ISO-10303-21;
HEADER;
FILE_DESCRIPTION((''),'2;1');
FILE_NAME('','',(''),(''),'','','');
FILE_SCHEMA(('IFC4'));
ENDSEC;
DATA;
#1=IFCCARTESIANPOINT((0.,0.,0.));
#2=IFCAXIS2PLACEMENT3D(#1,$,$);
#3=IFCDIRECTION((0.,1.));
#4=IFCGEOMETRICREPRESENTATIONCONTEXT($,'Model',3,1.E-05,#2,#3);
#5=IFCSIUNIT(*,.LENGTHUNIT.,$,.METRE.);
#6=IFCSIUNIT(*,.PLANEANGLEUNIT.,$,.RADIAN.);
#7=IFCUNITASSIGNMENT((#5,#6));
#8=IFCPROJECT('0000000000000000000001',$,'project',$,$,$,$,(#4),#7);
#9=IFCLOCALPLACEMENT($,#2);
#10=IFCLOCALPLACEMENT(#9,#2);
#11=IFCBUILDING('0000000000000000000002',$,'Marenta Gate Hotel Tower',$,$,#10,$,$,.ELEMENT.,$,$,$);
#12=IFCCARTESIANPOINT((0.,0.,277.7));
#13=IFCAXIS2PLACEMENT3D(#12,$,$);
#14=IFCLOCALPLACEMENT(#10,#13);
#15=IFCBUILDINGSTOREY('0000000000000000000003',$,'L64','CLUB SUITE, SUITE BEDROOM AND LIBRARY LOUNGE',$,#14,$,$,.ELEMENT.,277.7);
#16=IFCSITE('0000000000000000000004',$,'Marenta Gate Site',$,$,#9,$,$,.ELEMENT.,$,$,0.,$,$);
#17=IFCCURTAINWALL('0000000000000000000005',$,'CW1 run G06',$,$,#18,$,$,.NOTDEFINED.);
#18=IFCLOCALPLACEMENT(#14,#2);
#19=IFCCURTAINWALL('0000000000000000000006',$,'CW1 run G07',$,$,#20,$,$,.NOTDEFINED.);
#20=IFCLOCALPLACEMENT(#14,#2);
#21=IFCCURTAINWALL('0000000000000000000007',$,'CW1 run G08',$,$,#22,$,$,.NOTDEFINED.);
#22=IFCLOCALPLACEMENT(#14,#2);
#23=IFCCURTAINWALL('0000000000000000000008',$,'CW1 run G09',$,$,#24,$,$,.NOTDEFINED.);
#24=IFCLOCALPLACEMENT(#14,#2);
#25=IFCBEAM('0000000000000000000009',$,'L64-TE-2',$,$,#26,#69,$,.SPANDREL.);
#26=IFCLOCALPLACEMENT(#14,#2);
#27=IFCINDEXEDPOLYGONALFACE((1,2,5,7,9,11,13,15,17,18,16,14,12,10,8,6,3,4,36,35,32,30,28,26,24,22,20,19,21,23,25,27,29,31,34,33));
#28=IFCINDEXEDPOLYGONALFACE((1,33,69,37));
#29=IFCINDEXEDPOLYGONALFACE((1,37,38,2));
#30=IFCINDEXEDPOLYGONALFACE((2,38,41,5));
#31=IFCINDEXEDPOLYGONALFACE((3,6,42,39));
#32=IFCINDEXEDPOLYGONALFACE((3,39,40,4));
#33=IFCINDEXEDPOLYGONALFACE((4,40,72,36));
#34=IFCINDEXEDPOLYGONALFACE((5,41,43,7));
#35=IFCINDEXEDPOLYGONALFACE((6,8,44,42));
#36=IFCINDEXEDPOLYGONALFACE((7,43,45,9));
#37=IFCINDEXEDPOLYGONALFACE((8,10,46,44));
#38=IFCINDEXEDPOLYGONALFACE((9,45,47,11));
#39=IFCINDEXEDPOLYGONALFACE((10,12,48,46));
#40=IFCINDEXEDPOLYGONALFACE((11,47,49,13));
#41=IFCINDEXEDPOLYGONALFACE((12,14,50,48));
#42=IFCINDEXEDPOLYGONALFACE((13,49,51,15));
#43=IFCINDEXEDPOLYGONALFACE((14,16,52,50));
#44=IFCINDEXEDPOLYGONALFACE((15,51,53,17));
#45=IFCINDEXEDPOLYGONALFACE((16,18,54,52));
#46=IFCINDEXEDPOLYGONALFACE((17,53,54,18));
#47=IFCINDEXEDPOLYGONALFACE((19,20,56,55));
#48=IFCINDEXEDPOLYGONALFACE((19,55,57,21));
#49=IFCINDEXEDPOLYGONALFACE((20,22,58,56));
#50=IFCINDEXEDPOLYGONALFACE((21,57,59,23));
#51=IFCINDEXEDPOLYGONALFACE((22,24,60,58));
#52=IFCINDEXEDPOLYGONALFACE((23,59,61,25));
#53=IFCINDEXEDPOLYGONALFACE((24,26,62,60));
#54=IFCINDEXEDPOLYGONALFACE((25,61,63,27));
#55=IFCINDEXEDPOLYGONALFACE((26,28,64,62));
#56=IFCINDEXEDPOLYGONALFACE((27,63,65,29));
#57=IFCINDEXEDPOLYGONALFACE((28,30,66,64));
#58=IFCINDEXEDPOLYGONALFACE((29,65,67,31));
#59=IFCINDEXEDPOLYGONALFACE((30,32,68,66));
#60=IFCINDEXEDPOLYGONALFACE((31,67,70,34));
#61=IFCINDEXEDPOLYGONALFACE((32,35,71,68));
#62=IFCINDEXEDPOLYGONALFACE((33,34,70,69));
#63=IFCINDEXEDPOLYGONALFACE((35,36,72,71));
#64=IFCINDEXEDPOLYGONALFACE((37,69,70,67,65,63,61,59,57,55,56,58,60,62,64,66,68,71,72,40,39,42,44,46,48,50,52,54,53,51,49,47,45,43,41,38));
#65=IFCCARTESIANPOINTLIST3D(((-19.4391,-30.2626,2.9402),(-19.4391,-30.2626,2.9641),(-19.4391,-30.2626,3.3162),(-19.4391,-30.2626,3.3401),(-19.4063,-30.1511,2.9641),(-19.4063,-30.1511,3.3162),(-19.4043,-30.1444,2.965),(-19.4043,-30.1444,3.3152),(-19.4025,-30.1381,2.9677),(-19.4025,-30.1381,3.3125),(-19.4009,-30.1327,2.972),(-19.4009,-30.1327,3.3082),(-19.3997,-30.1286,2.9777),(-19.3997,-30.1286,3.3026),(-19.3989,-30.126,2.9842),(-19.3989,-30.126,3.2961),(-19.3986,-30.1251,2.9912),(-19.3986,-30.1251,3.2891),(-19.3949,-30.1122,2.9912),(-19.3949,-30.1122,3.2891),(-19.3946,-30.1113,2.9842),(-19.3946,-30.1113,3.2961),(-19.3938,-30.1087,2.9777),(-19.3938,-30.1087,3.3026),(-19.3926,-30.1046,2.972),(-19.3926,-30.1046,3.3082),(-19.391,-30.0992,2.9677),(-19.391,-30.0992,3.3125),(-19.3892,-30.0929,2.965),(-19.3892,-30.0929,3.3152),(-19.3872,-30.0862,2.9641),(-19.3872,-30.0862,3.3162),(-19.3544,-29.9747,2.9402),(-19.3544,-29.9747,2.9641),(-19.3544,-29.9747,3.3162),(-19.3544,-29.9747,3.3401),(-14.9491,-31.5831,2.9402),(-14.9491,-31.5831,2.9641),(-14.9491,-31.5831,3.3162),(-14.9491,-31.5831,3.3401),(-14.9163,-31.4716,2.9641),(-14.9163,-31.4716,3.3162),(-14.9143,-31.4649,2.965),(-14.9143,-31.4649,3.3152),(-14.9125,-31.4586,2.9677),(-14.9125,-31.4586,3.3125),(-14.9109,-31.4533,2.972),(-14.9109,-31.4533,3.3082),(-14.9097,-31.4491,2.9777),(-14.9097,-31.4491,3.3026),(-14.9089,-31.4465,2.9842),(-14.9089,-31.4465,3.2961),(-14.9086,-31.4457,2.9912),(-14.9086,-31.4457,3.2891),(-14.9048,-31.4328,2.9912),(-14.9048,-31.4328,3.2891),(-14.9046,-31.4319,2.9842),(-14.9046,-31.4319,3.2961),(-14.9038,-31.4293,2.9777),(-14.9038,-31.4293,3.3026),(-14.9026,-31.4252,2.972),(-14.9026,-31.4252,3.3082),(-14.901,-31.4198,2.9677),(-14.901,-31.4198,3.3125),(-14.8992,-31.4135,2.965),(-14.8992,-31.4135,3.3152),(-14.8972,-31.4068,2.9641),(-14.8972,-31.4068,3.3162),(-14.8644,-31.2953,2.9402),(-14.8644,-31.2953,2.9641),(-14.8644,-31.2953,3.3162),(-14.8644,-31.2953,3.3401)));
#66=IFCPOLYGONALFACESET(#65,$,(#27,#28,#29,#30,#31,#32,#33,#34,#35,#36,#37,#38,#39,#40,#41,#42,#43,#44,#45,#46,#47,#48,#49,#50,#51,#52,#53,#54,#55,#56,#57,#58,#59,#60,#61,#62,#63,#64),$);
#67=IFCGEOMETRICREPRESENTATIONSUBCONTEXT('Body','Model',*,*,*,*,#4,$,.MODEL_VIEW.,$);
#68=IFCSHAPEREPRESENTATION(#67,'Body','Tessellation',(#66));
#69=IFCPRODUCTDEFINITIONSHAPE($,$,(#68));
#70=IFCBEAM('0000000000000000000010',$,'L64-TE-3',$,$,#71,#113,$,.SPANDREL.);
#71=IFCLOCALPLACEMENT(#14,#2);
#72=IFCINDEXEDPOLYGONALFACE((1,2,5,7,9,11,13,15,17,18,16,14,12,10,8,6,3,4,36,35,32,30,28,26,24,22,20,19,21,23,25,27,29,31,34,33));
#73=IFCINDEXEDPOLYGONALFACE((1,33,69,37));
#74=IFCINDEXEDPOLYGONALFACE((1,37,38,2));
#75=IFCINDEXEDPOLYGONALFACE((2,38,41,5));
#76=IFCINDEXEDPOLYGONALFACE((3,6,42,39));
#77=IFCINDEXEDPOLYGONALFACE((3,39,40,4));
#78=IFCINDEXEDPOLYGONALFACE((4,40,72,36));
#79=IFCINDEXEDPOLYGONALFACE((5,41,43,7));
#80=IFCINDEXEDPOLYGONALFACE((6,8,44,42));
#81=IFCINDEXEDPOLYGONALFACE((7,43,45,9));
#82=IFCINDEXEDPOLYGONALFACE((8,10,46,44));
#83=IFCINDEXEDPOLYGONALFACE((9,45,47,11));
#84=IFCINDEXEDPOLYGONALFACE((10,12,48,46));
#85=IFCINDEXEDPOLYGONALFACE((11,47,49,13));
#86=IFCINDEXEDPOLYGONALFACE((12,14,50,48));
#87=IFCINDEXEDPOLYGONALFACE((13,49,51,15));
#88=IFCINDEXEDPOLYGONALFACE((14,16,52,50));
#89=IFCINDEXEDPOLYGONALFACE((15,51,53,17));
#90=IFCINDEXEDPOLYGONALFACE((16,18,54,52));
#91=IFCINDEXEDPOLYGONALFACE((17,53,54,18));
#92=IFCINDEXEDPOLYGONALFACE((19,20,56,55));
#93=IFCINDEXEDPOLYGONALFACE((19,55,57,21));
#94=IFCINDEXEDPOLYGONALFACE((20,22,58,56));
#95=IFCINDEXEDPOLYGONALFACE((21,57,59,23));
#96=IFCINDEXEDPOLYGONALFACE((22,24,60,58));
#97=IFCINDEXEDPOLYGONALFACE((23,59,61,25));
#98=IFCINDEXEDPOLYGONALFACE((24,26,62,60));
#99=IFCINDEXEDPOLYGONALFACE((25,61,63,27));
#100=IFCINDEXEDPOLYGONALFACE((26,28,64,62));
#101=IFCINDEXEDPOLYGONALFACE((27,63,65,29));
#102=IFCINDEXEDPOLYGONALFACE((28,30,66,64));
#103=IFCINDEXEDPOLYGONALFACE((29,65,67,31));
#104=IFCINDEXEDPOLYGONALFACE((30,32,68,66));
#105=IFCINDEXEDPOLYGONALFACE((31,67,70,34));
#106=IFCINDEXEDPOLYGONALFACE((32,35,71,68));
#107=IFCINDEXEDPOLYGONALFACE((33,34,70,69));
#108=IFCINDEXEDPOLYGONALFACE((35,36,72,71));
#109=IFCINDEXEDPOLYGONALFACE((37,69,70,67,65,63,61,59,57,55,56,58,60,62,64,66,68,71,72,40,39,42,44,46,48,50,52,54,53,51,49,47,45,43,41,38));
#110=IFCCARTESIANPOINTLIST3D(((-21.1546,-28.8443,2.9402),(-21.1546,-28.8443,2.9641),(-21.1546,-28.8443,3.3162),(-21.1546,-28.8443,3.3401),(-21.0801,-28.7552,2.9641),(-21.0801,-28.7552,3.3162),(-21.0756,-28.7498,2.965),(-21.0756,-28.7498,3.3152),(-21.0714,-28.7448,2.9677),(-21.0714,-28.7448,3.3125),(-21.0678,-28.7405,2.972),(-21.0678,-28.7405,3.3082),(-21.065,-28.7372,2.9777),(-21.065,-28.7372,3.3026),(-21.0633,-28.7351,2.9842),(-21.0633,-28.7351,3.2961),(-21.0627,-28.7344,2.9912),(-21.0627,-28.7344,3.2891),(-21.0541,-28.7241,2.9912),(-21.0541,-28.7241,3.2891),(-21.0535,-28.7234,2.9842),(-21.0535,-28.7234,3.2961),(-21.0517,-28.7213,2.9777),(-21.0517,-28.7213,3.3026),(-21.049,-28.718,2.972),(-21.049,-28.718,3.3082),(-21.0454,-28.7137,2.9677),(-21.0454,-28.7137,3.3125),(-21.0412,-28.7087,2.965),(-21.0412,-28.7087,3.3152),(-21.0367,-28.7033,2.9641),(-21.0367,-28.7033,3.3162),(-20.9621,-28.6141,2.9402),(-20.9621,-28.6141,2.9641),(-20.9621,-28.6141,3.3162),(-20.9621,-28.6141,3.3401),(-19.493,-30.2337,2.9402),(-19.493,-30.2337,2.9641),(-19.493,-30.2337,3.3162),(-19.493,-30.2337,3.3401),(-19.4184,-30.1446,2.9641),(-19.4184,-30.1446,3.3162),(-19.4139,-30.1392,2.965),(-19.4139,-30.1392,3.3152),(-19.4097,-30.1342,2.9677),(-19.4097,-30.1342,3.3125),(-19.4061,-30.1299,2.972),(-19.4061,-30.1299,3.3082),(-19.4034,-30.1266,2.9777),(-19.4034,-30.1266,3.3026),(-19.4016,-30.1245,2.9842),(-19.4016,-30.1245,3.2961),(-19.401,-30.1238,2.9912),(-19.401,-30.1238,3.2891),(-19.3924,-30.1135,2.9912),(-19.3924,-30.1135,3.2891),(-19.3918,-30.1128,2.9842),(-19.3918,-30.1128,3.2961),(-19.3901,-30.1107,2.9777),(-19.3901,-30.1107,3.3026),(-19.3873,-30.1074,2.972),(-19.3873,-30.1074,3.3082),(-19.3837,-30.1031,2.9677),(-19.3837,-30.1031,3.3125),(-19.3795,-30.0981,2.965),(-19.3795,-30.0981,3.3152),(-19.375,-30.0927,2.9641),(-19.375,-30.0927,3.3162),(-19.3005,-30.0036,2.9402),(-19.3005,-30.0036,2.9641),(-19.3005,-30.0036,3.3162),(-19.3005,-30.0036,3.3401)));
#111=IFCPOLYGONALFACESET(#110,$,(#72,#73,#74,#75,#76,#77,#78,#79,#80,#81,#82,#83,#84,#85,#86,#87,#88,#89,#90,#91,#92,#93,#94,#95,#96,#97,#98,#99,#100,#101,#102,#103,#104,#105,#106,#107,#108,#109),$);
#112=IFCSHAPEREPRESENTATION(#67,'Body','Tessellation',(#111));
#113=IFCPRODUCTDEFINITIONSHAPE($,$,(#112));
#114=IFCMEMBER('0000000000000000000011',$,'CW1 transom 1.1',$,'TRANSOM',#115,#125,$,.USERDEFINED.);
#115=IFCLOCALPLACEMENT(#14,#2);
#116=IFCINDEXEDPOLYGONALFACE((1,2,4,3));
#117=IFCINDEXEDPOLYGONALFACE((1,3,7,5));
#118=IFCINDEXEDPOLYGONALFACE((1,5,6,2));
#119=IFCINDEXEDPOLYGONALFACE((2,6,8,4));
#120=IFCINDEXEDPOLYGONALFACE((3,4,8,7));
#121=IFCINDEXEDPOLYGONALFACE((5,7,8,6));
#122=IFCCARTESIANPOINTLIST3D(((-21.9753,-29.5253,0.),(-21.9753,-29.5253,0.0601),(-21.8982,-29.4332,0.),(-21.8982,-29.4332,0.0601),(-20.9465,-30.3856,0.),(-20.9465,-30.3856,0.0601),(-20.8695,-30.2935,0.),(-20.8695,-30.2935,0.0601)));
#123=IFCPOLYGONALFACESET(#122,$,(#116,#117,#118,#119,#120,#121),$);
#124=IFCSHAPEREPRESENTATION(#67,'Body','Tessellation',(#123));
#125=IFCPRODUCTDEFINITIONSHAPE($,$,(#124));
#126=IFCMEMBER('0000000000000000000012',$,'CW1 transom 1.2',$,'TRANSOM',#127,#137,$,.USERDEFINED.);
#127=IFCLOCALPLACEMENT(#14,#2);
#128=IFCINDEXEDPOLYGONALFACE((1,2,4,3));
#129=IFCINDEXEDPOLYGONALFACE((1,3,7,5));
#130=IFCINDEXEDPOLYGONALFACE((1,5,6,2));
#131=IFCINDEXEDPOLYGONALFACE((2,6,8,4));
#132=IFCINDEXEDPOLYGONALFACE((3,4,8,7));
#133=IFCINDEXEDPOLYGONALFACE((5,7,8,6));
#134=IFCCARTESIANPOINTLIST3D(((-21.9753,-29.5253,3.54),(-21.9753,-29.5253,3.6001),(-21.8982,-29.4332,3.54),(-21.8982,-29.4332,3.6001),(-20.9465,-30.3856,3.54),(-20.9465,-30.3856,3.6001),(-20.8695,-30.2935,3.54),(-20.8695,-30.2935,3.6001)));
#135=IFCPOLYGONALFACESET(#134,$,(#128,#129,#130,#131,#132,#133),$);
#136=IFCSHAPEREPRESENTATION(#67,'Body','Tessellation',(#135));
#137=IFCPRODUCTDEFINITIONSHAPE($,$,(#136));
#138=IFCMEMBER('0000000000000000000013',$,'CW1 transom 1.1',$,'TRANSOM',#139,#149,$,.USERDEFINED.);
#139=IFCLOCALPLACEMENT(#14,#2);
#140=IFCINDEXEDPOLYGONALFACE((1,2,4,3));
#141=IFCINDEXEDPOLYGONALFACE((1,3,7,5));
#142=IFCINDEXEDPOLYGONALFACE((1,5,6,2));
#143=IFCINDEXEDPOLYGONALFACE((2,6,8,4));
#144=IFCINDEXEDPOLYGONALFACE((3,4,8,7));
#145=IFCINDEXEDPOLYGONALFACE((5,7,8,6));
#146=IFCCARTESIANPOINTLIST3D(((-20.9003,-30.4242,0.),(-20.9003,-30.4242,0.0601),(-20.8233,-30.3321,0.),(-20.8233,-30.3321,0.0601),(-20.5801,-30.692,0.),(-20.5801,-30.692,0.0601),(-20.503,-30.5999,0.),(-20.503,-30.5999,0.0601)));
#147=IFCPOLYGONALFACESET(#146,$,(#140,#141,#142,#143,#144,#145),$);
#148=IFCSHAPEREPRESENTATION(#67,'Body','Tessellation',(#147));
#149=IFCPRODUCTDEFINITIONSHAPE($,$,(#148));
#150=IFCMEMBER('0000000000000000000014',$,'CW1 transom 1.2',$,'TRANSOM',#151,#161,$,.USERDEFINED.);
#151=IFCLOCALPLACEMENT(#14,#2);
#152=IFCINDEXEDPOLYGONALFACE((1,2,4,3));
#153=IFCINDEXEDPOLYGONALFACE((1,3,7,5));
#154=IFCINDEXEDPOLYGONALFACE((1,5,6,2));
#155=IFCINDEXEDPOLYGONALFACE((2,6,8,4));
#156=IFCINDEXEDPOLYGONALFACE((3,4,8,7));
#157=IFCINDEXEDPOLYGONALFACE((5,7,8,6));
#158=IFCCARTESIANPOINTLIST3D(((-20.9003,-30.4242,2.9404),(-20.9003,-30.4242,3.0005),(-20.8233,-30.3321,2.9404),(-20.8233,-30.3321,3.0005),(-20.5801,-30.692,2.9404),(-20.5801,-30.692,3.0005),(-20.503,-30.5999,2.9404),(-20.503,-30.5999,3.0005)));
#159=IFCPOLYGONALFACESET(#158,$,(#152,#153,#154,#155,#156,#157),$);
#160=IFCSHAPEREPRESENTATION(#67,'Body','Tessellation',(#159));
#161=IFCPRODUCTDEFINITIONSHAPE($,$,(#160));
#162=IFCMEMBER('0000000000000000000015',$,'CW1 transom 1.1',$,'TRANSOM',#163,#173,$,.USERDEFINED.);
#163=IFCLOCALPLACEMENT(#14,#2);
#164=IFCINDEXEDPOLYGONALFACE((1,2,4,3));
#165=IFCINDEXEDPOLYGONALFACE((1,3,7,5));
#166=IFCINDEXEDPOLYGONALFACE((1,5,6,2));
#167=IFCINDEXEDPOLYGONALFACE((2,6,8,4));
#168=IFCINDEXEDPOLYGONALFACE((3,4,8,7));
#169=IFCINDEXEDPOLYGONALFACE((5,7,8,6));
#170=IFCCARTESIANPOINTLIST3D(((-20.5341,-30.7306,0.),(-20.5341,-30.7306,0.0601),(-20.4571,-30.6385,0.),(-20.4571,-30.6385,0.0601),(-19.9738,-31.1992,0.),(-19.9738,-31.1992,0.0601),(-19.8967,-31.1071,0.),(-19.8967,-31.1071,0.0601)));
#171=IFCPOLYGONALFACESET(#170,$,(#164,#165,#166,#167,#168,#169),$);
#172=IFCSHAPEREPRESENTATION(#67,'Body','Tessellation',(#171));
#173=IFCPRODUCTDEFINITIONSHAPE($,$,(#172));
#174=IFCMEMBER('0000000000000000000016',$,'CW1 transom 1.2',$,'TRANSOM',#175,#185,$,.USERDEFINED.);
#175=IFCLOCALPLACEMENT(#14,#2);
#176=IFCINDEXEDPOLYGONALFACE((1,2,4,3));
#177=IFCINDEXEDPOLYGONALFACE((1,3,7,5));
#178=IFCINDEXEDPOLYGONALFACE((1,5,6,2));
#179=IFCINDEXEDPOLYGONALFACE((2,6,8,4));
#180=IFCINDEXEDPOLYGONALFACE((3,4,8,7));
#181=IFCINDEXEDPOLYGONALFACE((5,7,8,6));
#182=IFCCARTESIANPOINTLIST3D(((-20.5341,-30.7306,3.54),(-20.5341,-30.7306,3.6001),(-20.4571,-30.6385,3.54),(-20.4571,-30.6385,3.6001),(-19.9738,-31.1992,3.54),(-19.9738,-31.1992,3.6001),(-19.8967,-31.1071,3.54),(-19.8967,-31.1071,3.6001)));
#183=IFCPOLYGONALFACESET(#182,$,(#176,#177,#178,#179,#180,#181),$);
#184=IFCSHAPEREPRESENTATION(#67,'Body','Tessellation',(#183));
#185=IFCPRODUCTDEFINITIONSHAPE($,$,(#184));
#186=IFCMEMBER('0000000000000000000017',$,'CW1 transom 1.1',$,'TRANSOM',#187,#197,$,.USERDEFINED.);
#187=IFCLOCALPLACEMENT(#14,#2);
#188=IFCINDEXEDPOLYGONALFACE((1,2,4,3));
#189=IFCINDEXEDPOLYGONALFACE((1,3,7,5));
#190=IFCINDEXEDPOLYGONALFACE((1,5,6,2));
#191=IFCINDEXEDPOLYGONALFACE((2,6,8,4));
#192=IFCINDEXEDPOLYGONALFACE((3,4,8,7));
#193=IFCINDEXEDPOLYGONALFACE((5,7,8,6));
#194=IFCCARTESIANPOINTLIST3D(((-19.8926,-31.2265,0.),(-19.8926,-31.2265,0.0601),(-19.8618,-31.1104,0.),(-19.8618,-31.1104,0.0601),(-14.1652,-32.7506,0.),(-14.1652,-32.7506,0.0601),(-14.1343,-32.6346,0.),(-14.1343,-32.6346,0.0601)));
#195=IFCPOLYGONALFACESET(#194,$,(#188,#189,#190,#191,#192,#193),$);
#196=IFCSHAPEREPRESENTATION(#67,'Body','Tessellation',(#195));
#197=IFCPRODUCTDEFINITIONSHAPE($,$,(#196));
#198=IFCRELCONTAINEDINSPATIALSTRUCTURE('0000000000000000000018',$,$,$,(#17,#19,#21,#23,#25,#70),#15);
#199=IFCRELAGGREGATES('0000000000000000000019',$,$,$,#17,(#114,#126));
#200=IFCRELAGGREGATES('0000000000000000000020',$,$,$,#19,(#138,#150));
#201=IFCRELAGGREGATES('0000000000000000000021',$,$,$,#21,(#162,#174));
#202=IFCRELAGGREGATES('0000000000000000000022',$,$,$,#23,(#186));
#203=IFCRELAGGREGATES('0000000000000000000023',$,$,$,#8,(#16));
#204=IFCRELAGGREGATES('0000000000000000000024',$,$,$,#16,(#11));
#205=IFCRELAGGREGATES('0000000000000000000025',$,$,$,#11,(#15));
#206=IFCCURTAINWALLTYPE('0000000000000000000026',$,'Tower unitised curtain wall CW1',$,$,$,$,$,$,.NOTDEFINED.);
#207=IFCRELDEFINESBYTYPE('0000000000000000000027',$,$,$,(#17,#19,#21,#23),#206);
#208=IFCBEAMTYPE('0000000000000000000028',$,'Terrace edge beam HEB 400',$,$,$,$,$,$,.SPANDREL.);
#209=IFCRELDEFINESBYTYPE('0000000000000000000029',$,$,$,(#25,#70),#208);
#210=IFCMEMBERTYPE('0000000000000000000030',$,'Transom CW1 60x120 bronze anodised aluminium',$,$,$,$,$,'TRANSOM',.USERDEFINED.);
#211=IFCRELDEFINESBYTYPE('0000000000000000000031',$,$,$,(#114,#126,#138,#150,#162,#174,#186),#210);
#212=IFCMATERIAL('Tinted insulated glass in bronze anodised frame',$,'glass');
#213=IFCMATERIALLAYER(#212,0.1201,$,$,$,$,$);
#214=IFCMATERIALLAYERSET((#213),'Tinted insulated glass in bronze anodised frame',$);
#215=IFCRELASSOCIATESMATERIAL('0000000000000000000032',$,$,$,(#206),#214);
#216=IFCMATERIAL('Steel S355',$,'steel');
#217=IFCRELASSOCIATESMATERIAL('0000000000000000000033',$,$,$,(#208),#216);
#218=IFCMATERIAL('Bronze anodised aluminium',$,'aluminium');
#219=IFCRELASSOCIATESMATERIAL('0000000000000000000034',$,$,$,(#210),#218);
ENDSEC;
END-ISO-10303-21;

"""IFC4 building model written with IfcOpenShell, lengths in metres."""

from ifc_helpers import new_model, si_unit, direction, frame, origin, origin_2d, place, context, subcontext, project, spatial, rectangle, i_section, extrude, material, layer, layer_set, material_profile, profile_set, type_object, element, aggregate, save


model = new_model("IFC4")

# Units and contexts
model_context = context("Model", 3, precision=1e-05, world=origin(), true_north=direction((0.0, 1.0)))
body_context = subcontext(model_context, "Body", "Model", "MODEL_VIEW")
ifc_project = project(units=[si_unit("LENGTHUNIT", "METRE"), si_unit("PLANEANGLEUNIT", "RADIAN")], contexts=[model_context])

# Site, building, storey
site_placement = place(None, origin())
site = spatial("IfcSite", under=ifc_project, at=site_placement, Name="Marenta Gate Site", CompositionType="ELEMENT", RefElevation=0.0)
building_placement = place(site_placement, origin())
building = spatial("IfcBuilding", under=site, at=building_placement, Name="Marenta Gate Hotel Tower", CompositionType="ELEMENT")
storey_placement = place(building_placement, frame((0.0, 0.0, 277.7)))
storey = spatial("IfcBuildingStorey", under=building, at=storey_placement, Name="L64", Description="CLUB SUITE, SUITE BEDROOM AND LIBRARY LOUNGE", CompositionType="ELEMENT", Elevation=277.7)

# Curtain walls
ifc_material_1 = material(Name="Tinted insulated glass in bronze anodised frame", Category="glass")
ifc_layer_1 = layer(ifc_material_1, 0.1201)
ifc_layer_set_1 = layer_set([ifc_layer_1], Name="Tinted insulated glass in bronze anodised frame")
curtain_wall_type = type_object("IfcCurtainWallType", Name="Tower unitised curtain wall CW1", PredefinedType="NOTDEFINED", material=ifc_layer_set_1)
curtain_wall_1_placement = place(storey_placement, origin())
curtain_wall_1 = element("IfcCurtainWall", 1, at=curtain_wall_1_placement, inside=storey, type_object=curtain_wall_type, Name="CW1 run G06", PredefinedType="NOTDEFINED")
curtain_wall_2_placement = place(storey_placement, origin())
curtain_wall_2 = element("IfcCurtainWall", 2, at=curtain_wall_2_placement, inside=storey, type_object=curtain_wall_type, Name="CW1 run G07", PredefinedType="NOTDEFINED")
curtain_wall_3_placement = place(storey_placement, origin())
curtain_wall_3 = element("IfcCurtainWall", 3, at=curtain_wall_3_placement, inside=storey, type_object=curtain_wall_type, Name="CW1 run G08", PredefinedType="NOTDEFINED")

# Curtain wall
curtain_wall_4_placement = place(storey_placement, origin())
curtain_wall_4 = element("IfcCurtainWall", 4, at=curtain_wall_4_placement, inside=storey, type_object=curtain_wall_type, Name="CW1 run G09", PredefinedType="NOTDEFINED")

# Beams
ifc_material_2 = material(Name="Steel S355", Category="steel")
ifc_material_profile_1 = material_profile(ifc_material_2, i_section(OverallWidth=0.3, OverallDepth=0.3999, WebThickness=0.0134, FlangeThickness=0.0239, FilletRadius=0.0271, at=origin_2d()), Name="HEB 400")
ifc_profile_set_1 = profile_set([ifc_material_profile_1], Name="Steel S355")
beam_type_1 = type_object("IfcBeamType", Name="Terrace edge beam HEB 400", PredefinedType="SPANDREL", material=ifc_profile_set_1)
beam_1_placement = place(storey_placement, frame((-14.9067, -31.4392, 3.1401), z_axis=(-0.959367, 0.282161, 0.0), x_axis=(-0.282161, -0.959367, 0.0)))
element("IfcBeam", 5, at=beam_1_placement, inside=storey, type_object=beam_type_1, Name="L64-TE-2", PredefinedType="SPANDREL", context=body_context, shape_type="SweptSolid", body=[
    extrude(i_section(OverallWidth=0.3, OverallDepth=0.3999, WebThickness=0.0134, FlangeThickness=0.0239, FilletRadius=0.0271, at=origin_2d()), origin(), (0.0, 0.0, 1.0), 4.6802),
])
beam_2_placement = place(storey_placement, frame((-19.3967, -30.1187, 3.1401), z_axis=(-0.767148, 0.64147, 0.0), x_axis=(-0.64147, -0.767148, 0.0)))
element("IfcBeam", 6, at=beam_2_placement, inside=storey, type_object=beam_type_1, Name="L64-TE-3", PredefinedType="SPANDREL", context=body_context, shape_type="SweptSolid", body=[
    extrude(i_section(OverallWidth=0.3, OverallDepth=0.3999, WebThickness=0.0134, FlangeThickness=0.0239, FilletRadius=0.0271, at=origin_2d()), origin(), (0.0, 0.0, 1.0), 2.166),
])

# Members
ifc_material_3 = material(Name="Bronze anodised aluminium", Category="aluminium")
ifc_material_profile_2 = material_profile(ifc_material_3, rectangle(XDim=0.1201, YDim=0.0601, at=origin_2d()), Name="Transom CW1 60x120 bronze anodised aluminium")
ifc_profile_set_2 = profile_set([ifc_material_profile_2], Name="Bronze anodised aluminium")
member_type_1 = type_object("IfcMemberType", Name="Transom CW1 60x120 bronze anodised aluminium", ElementType="TRANSOM", PredefinedType="USERDEFINED", material=ifc_profile_set_2)
member_1_placement = place(storey_placement, frame((-21.9368, -29.4792, 0.03), z_axis=(0.767116, -0.641508, 0.0), x_axis=(0.641508, 0.767116, 0.0)))
member_1 = element("IfcMember", 7, at=member_1_placement, type_object=member_type_1, Name="CW1 transom 1.1", ObjectType="TRANSOM", PredefinedType="USERDEFINED", context=body_context, shape_type="SweptSolid", body=[
    extrude(rectangle(XDim=0.1201, YDim=0.0601, at=origin_2d()), origin(), (0.0, 0.0, 1.0), 1.3411),
])
member_2_placement = place(storey_placement, frame((-21.9368, -29.4792, 3.5701), z_axis=(0.767116, -0.641508, 0.0), x_axis=(0.641508, 0.767116, 0.0)))
member_2 = element("IfcMember", 8, at=member_2_placement, type_object=member_type_1, Name="CW1 transom 1.2", ObjectType="TRANSOM", PredefinedType="USERDEFINED", context=body_context, shape_type="SweptSolid", body=[
    extrude(rectangle(XDim=0.1201, YDim=0.0601, at=origin_2d()), origin(), (0.0, 0.0, 1.0), 1.3411),
])
member_3_placement = place(storey_placement, frame((-20.8618, -30.3782, 0.03), z_axis=(0.767166, -0.641449, 0.0), x_axis=(0.641449, 0.767166, 0.0)))
member_3 = element("IfcMember", 9, at=member_3_placement, type_object=member_type_1, Name="CW1 transom 1.1", ObjectType="TRANSOM", PredefinedType="USERDEFINED", context=body_context, shape_type="SweptSolid", body=[
    extrude(rectangle(XDim=0.1201, YDim=0.0601, at=origin_2d()), origin(), (0.0, 0.0, 1.0), 0.4175),
])
member_4_placement = place(storey_placement, frame((-20.8618, -30.3782, 2.9705), z_axis=(0.767166, -0.641449, 0.0), x_axis=(0.641449, 0.767166, 0.0)))
member_4 = element("IfcMember", 10, at=member_4_placement, type_object=member_type_1, Name="CW1 transom 1.2", ObjectType="TRANSOM", PredefinedType="USERDEFINED", context=body_context, shape_type="SweptSolid", body=[
    extrude(rectangle(XDim=0.1201, YDim=0.0601, at=origin_2d()), origin(), (0.0, 0.0, 1.0), 0.4175),
])
member_5_placement = place(storey_placement, frame((-20.4956, -30.6846, 0.03), z_axis=(0.767152, -0.641466, 0.0), x_axis=(0.641466, 0.767152, 0.0)))
member_5 = element("IfcMember", 11, at=member_5_placement, type_object=member_type_1, Name="CW1 transom 1.1", ObjectType="TRANSOM", PredefinedType="USERDEFINED", context=body_context, shape_type="SweptSolid", body=[
    extrude(rectangle(XDim=0.1201, YDim=0.0601, at=origin_2d()), origin(), (0.0, 0.0, 1.0), 0.7305),
])
member_6_placement = place(storey_placement, frame((-20.4956, -30.6846, 3.5701), z_axis=(0.767152, -0.641466, 0.0), x_axis=(0.641466, 0.767152, 0.0)))
member_6 = element("IfcMember", 12, at=member_6_placement, type_object=member_type_1, Name="CW1 transom 1.2", ObjectType="TRANSOM", PredefinedType="USERDEFINED", context=body_context, shape_type="SweptSolid", body=[
    extrude(rectangle(XDim=0.1201, YDim=0.0601, at=origin_2d()), origin(), (0.0, 0.0, 1.0), 0.7305),
])
member_7_placement = place(storey_placement, frame((-19.8772, -31.1685, 0.03), z_axis=(0.966368, -0.257163, 0.0), x_axis=(0.257163, 0.966368, 0.0)))
member_7 = element("IfcMember", 13, at=member_7_placement, type_object=member_type_1, Name="CW1 transom 1.1", ObjectType="TRANSOM", PredefinedType="USERDEFINED", context=body_context, shape_type="SweptSolid", body=[
    extrude(rectangle(XDim=0.1201, YDim=0.0601, at=origin_2d()), origin(), (0.0, 0.0, 1.0), 5.9268),
])

aggregate(curtain_wall_1, [member_1, member_2])
aggregate(curtain_wall_2, [member_3, member_4])
aggregate(curtain_wall_3, [member_5, member_6])
aggregate(curtain_wall_4, [member_7])

save(model, "model.ifc")
